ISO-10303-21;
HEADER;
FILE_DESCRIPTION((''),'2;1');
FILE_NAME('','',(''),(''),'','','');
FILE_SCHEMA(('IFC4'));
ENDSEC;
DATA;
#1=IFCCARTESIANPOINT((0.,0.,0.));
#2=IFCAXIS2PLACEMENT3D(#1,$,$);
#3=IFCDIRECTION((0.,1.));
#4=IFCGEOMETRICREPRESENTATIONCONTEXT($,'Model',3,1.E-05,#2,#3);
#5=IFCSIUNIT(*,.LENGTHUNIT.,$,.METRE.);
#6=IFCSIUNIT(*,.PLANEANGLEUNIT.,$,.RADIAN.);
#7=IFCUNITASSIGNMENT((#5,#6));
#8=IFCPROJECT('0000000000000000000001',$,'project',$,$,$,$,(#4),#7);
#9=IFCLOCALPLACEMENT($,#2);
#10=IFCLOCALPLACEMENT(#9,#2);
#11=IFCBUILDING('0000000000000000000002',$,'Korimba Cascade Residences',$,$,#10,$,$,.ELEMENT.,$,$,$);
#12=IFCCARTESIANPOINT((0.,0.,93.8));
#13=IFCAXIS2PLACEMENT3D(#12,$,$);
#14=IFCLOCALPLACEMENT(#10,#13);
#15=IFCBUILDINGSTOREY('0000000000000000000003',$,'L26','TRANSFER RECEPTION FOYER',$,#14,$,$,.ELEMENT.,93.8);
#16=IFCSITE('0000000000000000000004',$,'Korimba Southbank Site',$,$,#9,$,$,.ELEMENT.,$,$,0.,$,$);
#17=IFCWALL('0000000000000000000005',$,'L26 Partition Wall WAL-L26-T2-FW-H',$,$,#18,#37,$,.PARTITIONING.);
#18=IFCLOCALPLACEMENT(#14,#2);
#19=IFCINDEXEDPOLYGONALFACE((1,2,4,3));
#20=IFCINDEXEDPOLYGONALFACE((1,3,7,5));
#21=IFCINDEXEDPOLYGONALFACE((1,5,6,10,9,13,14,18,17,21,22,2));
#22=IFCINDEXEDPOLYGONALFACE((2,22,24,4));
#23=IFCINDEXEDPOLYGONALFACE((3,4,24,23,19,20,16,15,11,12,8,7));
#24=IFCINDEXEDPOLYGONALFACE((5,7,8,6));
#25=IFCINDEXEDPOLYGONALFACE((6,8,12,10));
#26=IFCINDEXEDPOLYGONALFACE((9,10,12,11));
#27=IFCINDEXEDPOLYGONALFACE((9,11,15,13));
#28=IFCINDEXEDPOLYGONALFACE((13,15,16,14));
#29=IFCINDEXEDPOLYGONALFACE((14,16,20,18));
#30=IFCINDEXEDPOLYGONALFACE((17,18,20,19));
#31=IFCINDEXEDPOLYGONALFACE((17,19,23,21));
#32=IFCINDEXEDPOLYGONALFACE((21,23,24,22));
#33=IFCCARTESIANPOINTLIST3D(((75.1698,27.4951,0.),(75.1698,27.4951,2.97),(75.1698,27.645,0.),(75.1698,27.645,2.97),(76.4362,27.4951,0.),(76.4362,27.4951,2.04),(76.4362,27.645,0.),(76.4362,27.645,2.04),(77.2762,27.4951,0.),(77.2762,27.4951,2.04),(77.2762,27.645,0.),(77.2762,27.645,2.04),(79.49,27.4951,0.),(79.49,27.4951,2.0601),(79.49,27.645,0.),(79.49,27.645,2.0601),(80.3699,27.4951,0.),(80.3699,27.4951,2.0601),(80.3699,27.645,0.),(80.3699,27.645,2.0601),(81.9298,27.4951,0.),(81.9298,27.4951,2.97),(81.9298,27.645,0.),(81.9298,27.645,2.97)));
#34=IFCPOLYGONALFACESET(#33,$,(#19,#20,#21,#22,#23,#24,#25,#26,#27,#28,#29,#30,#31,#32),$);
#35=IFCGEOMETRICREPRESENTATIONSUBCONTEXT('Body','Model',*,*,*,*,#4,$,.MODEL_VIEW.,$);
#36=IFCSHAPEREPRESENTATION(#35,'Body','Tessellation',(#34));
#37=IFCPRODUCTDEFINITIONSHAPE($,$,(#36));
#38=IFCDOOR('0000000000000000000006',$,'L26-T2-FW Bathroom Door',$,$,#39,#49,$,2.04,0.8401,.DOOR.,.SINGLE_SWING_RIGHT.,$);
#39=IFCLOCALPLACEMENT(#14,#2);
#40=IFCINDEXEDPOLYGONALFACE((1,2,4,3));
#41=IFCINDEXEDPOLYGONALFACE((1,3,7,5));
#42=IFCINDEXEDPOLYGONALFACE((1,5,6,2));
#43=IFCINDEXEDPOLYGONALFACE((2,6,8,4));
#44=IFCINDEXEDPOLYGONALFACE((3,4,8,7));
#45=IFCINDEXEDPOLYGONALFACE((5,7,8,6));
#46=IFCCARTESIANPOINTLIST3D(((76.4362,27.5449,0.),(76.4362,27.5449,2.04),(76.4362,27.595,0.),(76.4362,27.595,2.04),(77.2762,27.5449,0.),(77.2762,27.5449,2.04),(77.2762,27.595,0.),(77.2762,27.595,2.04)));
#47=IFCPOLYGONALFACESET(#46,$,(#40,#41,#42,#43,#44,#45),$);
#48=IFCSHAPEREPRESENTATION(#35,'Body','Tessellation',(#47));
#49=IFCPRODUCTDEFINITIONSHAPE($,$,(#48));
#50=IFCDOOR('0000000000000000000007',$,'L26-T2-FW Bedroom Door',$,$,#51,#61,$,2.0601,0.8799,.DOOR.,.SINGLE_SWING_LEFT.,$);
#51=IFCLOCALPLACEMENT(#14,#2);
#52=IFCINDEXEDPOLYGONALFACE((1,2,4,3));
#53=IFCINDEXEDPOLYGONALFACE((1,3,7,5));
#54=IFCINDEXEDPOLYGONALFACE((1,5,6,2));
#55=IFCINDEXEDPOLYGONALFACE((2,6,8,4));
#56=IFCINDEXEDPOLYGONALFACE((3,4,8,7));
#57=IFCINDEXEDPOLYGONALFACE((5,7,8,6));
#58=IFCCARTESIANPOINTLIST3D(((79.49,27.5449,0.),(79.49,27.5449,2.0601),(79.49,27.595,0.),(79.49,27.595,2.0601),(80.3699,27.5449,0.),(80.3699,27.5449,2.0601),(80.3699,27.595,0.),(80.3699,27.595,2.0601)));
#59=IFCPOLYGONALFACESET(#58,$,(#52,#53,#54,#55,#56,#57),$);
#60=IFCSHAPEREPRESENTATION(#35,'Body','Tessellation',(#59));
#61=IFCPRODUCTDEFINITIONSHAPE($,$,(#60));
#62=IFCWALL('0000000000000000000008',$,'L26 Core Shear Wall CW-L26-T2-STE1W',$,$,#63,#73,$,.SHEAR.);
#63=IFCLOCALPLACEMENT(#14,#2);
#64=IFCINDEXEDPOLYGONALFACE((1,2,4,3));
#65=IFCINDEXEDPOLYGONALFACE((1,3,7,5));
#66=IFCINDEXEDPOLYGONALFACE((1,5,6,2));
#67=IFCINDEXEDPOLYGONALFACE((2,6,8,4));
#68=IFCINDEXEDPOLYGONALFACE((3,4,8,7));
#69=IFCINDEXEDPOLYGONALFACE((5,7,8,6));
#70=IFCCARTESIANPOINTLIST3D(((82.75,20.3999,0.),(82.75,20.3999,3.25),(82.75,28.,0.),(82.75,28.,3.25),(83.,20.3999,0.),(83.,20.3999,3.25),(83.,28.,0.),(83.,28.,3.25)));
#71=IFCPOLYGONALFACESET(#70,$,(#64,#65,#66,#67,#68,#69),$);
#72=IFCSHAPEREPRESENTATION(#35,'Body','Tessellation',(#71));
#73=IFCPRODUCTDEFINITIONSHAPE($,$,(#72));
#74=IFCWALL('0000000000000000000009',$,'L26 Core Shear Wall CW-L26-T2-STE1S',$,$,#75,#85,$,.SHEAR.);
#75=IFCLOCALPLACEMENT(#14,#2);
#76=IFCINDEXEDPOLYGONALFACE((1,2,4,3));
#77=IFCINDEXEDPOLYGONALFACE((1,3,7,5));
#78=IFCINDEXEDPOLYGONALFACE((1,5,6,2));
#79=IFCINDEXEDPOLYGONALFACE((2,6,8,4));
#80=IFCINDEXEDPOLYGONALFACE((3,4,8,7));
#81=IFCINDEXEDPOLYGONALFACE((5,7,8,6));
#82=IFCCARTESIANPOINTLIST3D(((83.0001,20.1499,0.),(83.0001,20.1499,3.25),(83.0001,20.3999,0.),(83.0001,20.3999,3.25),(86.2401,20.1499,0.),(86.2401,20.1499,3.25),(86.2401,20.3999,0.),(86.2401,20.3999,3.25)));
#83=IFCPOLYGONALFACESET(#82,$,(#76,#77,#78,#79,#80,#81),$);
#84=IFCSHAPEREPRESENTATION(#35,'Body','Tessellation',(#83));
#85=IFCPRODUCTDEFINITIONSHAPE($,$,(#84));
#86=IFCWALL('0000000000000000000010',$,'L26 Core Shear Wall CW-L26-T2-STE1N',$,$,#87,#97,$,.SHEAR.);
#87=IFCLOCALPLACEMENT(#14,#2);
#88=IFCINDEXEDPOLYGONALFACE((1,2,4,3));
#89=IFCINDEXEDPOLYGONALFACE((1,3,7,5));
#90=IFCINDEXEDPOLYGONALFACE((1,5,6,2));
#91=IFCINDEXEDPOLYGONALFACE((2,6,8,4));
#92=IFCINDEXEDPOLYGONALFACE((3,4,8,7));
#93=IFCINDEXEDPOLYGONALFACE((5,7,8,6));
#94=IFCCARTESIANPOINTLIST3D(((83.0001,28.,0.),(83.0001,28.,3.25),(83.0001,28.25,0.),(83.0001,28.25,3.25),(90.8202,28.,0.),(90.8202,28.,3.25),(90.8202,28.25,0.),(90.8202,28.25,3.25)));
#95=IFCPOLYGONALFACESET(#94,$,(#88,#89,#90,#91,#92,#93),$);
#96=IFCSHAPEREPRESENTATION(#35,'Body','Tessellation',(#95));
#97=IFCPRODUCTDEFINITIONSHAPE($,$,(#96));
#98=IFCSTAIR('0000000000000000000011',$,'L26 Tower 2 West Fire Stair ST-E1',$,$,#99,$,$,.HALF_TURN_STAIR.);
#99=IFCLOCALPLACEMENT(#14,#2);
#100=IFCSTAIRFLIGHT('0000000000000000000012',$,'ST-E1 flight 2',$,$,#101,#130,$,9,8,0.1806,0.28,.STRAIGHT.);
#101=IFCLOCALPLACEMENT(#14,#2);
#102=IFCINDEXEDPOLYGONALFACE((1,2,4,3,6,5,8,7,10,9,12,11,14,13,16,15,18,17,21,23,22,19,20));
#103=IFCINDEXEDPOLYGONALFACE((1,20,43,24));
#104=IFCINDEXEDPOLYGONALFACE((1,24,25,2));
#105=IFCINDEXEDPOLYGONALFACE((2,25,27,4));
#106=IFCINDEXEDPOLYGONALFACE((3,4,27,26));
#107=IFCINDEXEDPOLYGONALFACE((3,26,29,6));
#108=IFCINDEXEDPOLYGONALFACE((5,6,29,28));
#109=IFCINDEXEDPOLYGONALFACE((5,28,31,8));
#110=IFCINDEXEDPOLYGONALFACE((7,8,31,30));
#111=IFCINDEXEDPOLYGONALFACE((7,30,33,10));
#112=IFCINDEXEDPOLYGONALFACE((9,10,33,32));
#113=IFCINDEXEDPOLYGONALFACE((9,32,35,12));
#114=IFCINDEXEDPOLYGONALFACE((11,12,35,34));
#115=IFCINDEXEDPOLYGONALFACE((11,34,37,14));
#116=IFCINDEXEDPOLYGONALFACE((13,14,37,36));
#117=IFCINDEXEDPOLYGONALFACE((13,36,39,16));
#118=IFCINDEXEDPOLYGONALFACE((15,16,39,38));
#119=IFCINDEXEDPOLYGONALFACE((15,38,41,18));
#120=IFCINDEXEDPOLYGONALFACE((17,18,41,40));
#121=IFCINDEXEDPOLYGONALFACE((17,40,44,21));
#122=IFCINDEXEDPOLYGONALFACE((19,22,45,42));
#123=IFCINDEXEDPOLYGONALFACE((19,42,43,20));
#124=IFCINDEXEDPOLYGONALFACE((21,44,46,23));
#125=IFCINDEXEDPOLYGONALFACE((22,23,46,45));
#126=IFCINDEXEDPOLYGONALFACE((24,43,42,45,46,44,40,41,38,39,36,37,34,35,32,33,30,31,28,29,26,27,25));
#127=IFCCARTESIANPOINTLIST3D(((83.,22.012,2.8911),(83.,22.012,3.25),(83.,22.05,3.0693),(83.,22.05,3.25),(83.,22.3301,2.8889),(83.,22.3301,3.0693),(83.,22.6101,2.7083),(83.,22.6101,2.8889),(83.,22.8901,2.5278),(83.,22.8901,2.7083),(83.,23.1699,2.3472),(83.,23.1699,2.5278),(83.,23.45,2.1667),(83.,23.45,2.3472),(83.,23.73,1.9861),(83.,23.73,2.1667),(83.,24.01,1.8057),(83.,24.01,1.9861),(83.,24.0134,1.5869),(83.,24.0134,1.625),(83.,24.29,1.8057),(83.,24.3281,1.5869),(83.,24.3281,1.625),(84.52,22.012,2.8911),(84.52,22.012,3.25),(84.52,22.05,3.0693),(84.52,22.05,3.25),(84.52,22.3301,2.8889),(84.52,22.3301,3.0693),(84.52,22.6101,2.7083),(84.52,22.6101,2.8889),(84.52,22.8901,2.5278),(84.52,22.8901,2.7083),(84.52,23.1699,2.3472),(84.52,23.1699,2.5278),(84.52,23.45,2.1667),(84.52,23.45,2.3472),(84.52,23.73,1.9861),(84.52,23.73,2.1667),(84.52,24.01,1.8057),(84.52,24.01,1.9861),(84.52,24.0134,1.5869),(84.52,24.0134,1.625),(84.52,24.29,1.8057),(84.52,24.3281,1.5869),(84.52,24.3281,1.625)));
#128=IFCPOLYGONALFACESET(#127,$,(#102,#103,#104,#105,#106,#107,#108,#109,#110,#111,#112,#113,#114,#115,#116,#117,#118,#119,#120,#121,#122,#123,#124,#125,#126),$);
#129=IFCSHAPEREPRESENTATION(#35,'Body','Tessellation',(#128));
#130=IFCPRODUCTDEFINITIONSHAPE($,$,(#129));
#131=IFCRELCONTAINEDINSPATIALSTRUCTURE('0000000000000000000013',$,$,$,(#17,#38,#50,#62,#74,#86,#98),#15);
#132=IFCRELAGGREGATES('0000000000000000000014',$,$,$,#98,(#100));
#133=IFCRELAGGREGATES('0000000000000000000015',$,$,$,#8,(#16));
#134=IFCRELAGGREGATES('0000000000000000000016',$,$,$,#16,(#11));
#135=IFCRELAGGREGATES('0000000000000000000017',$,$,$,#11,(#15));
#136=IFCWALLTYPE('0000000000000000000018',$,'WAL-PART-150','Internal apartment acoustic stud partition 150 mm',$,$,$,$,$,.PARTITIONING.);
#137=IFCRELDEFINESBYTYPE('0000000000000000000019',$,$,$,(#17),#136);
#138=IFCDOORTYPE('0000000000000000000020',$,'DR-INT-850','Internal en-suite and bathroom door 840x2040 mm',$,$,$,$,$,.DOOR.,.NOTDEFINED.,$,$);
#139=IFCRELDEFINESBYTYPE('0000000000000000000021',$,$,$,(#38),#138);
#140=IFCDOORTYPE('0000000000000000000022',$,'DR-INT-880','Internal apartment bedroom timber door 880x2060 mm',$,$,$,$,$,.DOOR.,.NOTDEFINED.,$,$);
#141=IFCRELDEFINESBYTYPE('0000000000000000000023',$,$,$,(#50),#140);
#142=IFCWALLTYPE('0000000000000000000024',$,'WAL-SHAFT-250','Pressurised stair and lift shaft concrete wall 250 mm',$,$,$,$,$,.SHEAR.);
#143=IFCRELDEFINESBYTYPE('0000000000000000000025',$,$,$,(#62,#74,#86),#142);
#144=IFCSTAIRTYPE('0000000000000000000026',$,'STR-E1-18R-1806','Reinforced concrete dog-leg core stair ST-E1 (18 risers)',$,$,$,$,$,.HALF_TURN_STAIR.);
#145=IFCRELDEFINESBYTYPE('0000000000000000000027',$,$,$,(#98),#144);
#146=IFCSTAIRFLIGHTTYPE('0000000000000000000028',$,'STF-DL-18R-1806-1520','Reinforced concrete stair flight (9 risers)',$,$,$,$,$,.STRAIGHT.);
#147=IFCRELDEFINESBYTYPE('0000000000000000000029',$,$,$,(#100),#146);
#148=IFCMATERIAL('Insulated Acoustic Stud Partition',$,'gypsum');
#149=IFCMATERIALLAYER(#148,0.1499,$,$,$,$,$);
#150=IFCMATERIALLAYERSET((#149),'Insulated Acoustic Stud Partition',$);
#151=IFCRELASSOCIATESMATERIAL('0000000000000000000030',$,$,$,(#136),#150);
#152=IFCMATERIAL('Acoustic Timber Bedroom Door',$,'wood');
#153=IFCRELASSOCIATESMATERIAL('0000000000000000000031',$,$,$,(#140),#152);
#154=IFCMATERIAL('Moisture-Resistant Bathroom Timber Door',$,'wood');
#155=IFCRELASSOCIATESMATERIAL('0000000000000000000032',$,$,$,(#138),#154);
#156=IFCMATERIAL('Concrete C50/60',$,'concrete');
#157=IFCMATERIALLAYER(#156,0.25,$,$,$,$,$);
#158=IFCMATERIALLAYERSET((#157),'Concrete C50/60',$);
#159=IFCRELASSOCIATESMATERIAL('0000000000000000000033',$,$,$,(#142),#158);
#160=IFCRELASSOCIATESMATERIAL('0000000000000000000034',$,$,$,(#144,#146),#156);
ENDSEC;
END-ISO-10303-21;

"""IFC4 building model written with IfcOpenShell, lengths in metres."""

from ifc_helpers import new_model, si_unit, direction, frame, frame_2d, origin, place, context, subcontext, project, spatial, polyline, rectangle, outline, extrude, material, layer, layer_set, type_object, element, fill, aggregate, save


model = new_model("IFC4")

# Units and contexts
model_context = context("Model", 3, precision=1e-05, world=origin(), true_north=direction((0.0, 1.0)))
body_context = subcontext(model_context, "Body", "Model", "MODEL_VIEW")
ifc_project = project(units=[si_unit("LENGTHUNIT", "METRE"), si_unit("PLANEANGLEUNIT", "RADIAN")], contexts=[model_context])

# Site, building, storey
site_placement = place(None, origin())
site = spatial("IfcSite", under=ifc_project, at=site_placement, Name="Korimba Southbank Site", CompositionType="ELEMENT", RefElevation=0.0)
building_placement = place(site_placement, origin())
building = spatial("IfcBuilding", under=site, at=building_placement, Name="Korimba Cascade Residences", CompositionType="ELEMENT")
storey_placement = place(building_placement, frame((0.0, 0.0, 93.8)))
storey = spatial("IfcBuildingStorey", under=building, at=storey_placement, Name="L26", Description="TRANSFER RECEPTION FOYER", CompositionType="ELEMENT", Elevation=93.8)

# Shared definitions
ifc_material_1 = material(Name="Insulated Acoustic Stud Partition", Category="gypsum")
ifc_layer_1 = layer(ifc_material_1, 0.1499)
ifc_layer_set_1 = layer_set([ifc_layer_1], Name="Insulated Acoustic Stud Partition")
wall_type_1 = type_object("IfcWallType", Name="WAL-PART-150", Description="Internal apartment acoustic stud partition 150 mm", PredefinedType="PARTITIONING", material=ifc_layer_set_1)
ifc_material_2 = material(Name="Acoustic Timber Bedroom Door", Category="wood")
door_type_1 = type_object("IfcDoorType", Name="DR-INT-880", Description="Internal apartment bedroom timber door 880x2060 mm", OperationType="NOTDEFINED", PredefinedType="DOOR", material=ifc_material_2)

# Wall, openings, doors
wall_1_placement = place(storey_placement, frame((75.1699, 27.5701, 0.0), z_axis=(0.0, 0.0, 1.0), x_axis=(1.0, 0.0, 0.0)))
wall_1 = element("IfcWall", 1, at=wall_1_placement, inside=storey, type_object=wall_type_1, Name="L26 Partition Wall WAL-L26-T2-FW-H", PredefinedType="PARTITIONING", context=body_context, shape_type="SweptSolid", body=[
    extrude(rectangle(XDim=6.76, YDim=0.1499, at=frame_2d((3.3799, 0.0))), origin(), (0.0, 0.0, 1.0), 2.97),
])
opening_1_placement = place(wall_1_placement, frame((1.2664, 0.0, 0.0)))
opening_1 = element("IfcOpeningElement", 2, at=opening_1_placement, cuts=wall_1, PredefinedType="OPENING", context=body_context, shape_type="SweptSolid", body=[
    extrude(rectangle(XDim=0.8401, YDim=2.04, at=frame_2d((0.4199, 1.02))), frame((0.0, 0.085, 0.0), z_axis=(0.0, -1.0, 0.0), x_axis=(1.0, 0.0, 0.0)), (0.0, 0.0, 1.0), 0.1699),
])
opening_2_placement = place(wall_1_placement, frame((4.3201, 0.0, 0.0)))
opening_2 = element("IfcOpeningElement", 3, at=opening_2_placement, cuts=wall_1, PredefinedType="OPENING", context=body_context, shape_type="SweptSolid", body=[
    extrude(rectangle(XDim=0.8799, YDim=2.0601, at=frame_2d((0.4399, 1.03))), frame((0.0, 0.085, 0.0), z_axis=(0.0, -1.0, 0.0), x_axis=(1.0, 0.0, 0.0)), (0.0, 0.0, 1.0), 0.1699),
])
ifc_material_3 = material(Name="Moisture-Resistant Bathroom Timber Door", Category="wood")
door_type_2 = type_object("IfcDoorType", Name="DR-INT-850", Description="Internal en-suite and bathroom door 840x2040 mm", OperationType="NOTDEFINED", PredefinedType="DOOR", material=ifc_material_3)
door_1_placement = place(opening_1_placement, origin())
door_1 = element("IfcDoor", 4, at=door_1_placement, inside=storey, type_object=door_type_2, Name="L26-T2-FW Bathroom Door", OperationType="SINGLE_SWING_RIGHT", OverallHeight=2.04, OverallWidth=0.8401, PredefinedType="DOOR", context=body_context, shape_type="SweptSolid", body=[
    extrude(rectangle(XDim=0.8401, YDim=2.04, at=frame_2d((0.4199, 1.02))), frame((0.0, 0.0249, 0.0), z_axis=(0.0, -1.0, 0.0), x_axis=(1.0, 0.0, 0.0)), (0.0, 0.0, 1.0), 0.05),
])
fill(opening_1, door_1)
door_2_placement = place(opening_2_placement, origin())
door_2 = element("IfcDoor", 5, at=door_2_placement, inside=storey, type_object=door_type_1, Name="L26-T2-FW Bedroom Door", OperationType="SINGLE_SWING_LEFT", OverallHeight=2.0601, OverallWidth=0.8799, PredefinedType="DOOR", context=body_context, shape_type="SweptSolid", body=[
    extrude(rectangle(XDim=0.8799, YDim=2.0601, at=frame_2d((0.4399, 1.03))), frame((0.0, 0.0249, 0.0), z_axis=(0.0, -1.0, 0.0), x_axis=(1.0, 0.0, 0.0)), (0.0, 0.0, 1.0), 0.05),
])
fill(opening_2, door_2)

# Walls
ifc_material_4 = material(Name="Concrete C50/60", Category="concrete")
ifc_layer_2 = layer(ifc_material_4, 0.25)
ifc_layer_set_2 = layer_set([ifc_layer_2], Name="Concrete C50/60")
wall_type_2 = type_object("IfcWallType", Name="WAL-SHAFT-250", Description="Pressurised stair and lift shaft concrete wall 250 mm", PredefinedType="SHEAR", material=ifc_layer_set_2)
wall_2_placement = place(storey_placement, frame((82.875, 20.3999, 0.0), z_axis=(0.0, 0.0, 1.0), x_axis=(0.0, 1.0, 0.0)))
element("IfcWall", 6, at=wall_2_placement, inside=storey, type_object=wall_type_2, Name="L26 Core Shear Wall CW-L26-T2-STE1W", PredefinedType="SHEAR", context=body_context, shape_type="SweptSolid", body=[
    extrude(rectangle(XDim=7.6001, YDim=0.25, at=frame_2d((3.8, 0.0))), origin(), (0.0, 0.0, 1.0), 3.25),
])
wall_3_placement = place(storey_placement, frame((83.0, 20.2749, 0.0), z_axis=(0.0, 0.0, 1.0), x_axis=(1.0, 0.0, 0.0)))
element("IfcWall", 7, at=wall_3_placement, inside=storey, type_object=wall_type_2, Name="L26 Core Shear Wall CW-L26-T2-STE1S", PredefinedType="SHEAR", context=body_context, shape_type="SweptSolid", body=[
    extrude(rectangle(XDim=3.24, YDim=0.25, at=frame_2d((1.6201, 0.0))), origin(), (0.0, 0.0, 1.0), 3.25),
])
wall_4_placement = place(storey_placement, frame((83.0, 28.125, 0.0), z_axis=(0.0, 0.0, 1.0), x_axis=(1.0, 0.0, 0.0)))
element("IfcWall", 8, at=wall_4_placement, inside=storey, type_object=wall_type_2, Name="L26 Core Shear Wall CW-L26-T2-STE1N", PredefinedType="SHEAR", context=body_context, shape_type="SweptSolid", body=[
    extrude(rectangle(XDim=7.8201, YDim=0.25, at=frame_2d((3.9102, 0.0))), origin(), (0.0, 0.0, 1.0), 3.25),
])

# Stair, stair flight
stair_type = type_object("IfcStairType", Name="STR-E1-18R-1806", Description="Reinforced concrete dog-leg core stair ST-E1 (18 risers)", PredefinedType="HALF_TURN_STAIR", material=ifc_material_4)
stair_placement = place(storey_placement, origin())
stair = element("IfcStair", 9, at=stair_placement, inside=storey, type_object=stair_type, Name="L26 Tower 2 West Fire Stair ST-E1", PredefinedType="HALF_TURN_STAIR")
stair_flight_type = type_object("IfcStairFlightType", Name="STF-DL-18R-1806-1520", Description="Reinforced concrete stair flight (9 risers)", PredefinedType="STRAIGHT", material=ifc_material_4)
stair_flight_placement = place(storey_placement, frame((83.76, 24.29, 1.625), z_axis=(0.0, 0.0, 1.0), x_axis=(0.0, -1.0, 0.0)))
stair_flight = element("IfcStairFlight", 10, at=stair_flight_placement, type_object=stair_flight_type, Name="ST-E1 flight 2", NumberOfRisers=9, NumberOfTreads=8, PredefinedType="STRAIGHT", RiserHeight=0.1806, TreadLength=0.28, context=body_context, shape_type="SweptSolid", body=[
    extrude(outline(polyline([(-0.0381, 0.0), (0.0, 0.1807), (0.28, 0.1807), (0.28, 0.3611), (0.5601, 0.3611), (0.5601, 0.5417), (0.8401, 0.5417), (0.8401, 0.7222), (1.1201, 0.7222), (1.1201, 0.9028), (1.3999, 0.9028), (1.3999, 1.0833), (1.6799, 1.0833), (1.6799, 1.2639), (1.96, 1.2639), (1.96, 1.4443), (2.24, 1.4443), (2.24, 1.625), (2.2781, 1.625), (2.2781, 1.2661), (0.2766, 0.0), (0.2766, -0.0381), (-0.0381, -0.0381), (-0.0381, 0.0)])), frame((0.0, 0.76, 0.0), z_axis=(0.0, -1.0, 0.0), x_axis=(1.0, 0.0, 0.0)), (0.0, 0.0, 1.0), 1.52),
])
aggregate(stair, [stair_flight])

save(model, "model.ifc")
